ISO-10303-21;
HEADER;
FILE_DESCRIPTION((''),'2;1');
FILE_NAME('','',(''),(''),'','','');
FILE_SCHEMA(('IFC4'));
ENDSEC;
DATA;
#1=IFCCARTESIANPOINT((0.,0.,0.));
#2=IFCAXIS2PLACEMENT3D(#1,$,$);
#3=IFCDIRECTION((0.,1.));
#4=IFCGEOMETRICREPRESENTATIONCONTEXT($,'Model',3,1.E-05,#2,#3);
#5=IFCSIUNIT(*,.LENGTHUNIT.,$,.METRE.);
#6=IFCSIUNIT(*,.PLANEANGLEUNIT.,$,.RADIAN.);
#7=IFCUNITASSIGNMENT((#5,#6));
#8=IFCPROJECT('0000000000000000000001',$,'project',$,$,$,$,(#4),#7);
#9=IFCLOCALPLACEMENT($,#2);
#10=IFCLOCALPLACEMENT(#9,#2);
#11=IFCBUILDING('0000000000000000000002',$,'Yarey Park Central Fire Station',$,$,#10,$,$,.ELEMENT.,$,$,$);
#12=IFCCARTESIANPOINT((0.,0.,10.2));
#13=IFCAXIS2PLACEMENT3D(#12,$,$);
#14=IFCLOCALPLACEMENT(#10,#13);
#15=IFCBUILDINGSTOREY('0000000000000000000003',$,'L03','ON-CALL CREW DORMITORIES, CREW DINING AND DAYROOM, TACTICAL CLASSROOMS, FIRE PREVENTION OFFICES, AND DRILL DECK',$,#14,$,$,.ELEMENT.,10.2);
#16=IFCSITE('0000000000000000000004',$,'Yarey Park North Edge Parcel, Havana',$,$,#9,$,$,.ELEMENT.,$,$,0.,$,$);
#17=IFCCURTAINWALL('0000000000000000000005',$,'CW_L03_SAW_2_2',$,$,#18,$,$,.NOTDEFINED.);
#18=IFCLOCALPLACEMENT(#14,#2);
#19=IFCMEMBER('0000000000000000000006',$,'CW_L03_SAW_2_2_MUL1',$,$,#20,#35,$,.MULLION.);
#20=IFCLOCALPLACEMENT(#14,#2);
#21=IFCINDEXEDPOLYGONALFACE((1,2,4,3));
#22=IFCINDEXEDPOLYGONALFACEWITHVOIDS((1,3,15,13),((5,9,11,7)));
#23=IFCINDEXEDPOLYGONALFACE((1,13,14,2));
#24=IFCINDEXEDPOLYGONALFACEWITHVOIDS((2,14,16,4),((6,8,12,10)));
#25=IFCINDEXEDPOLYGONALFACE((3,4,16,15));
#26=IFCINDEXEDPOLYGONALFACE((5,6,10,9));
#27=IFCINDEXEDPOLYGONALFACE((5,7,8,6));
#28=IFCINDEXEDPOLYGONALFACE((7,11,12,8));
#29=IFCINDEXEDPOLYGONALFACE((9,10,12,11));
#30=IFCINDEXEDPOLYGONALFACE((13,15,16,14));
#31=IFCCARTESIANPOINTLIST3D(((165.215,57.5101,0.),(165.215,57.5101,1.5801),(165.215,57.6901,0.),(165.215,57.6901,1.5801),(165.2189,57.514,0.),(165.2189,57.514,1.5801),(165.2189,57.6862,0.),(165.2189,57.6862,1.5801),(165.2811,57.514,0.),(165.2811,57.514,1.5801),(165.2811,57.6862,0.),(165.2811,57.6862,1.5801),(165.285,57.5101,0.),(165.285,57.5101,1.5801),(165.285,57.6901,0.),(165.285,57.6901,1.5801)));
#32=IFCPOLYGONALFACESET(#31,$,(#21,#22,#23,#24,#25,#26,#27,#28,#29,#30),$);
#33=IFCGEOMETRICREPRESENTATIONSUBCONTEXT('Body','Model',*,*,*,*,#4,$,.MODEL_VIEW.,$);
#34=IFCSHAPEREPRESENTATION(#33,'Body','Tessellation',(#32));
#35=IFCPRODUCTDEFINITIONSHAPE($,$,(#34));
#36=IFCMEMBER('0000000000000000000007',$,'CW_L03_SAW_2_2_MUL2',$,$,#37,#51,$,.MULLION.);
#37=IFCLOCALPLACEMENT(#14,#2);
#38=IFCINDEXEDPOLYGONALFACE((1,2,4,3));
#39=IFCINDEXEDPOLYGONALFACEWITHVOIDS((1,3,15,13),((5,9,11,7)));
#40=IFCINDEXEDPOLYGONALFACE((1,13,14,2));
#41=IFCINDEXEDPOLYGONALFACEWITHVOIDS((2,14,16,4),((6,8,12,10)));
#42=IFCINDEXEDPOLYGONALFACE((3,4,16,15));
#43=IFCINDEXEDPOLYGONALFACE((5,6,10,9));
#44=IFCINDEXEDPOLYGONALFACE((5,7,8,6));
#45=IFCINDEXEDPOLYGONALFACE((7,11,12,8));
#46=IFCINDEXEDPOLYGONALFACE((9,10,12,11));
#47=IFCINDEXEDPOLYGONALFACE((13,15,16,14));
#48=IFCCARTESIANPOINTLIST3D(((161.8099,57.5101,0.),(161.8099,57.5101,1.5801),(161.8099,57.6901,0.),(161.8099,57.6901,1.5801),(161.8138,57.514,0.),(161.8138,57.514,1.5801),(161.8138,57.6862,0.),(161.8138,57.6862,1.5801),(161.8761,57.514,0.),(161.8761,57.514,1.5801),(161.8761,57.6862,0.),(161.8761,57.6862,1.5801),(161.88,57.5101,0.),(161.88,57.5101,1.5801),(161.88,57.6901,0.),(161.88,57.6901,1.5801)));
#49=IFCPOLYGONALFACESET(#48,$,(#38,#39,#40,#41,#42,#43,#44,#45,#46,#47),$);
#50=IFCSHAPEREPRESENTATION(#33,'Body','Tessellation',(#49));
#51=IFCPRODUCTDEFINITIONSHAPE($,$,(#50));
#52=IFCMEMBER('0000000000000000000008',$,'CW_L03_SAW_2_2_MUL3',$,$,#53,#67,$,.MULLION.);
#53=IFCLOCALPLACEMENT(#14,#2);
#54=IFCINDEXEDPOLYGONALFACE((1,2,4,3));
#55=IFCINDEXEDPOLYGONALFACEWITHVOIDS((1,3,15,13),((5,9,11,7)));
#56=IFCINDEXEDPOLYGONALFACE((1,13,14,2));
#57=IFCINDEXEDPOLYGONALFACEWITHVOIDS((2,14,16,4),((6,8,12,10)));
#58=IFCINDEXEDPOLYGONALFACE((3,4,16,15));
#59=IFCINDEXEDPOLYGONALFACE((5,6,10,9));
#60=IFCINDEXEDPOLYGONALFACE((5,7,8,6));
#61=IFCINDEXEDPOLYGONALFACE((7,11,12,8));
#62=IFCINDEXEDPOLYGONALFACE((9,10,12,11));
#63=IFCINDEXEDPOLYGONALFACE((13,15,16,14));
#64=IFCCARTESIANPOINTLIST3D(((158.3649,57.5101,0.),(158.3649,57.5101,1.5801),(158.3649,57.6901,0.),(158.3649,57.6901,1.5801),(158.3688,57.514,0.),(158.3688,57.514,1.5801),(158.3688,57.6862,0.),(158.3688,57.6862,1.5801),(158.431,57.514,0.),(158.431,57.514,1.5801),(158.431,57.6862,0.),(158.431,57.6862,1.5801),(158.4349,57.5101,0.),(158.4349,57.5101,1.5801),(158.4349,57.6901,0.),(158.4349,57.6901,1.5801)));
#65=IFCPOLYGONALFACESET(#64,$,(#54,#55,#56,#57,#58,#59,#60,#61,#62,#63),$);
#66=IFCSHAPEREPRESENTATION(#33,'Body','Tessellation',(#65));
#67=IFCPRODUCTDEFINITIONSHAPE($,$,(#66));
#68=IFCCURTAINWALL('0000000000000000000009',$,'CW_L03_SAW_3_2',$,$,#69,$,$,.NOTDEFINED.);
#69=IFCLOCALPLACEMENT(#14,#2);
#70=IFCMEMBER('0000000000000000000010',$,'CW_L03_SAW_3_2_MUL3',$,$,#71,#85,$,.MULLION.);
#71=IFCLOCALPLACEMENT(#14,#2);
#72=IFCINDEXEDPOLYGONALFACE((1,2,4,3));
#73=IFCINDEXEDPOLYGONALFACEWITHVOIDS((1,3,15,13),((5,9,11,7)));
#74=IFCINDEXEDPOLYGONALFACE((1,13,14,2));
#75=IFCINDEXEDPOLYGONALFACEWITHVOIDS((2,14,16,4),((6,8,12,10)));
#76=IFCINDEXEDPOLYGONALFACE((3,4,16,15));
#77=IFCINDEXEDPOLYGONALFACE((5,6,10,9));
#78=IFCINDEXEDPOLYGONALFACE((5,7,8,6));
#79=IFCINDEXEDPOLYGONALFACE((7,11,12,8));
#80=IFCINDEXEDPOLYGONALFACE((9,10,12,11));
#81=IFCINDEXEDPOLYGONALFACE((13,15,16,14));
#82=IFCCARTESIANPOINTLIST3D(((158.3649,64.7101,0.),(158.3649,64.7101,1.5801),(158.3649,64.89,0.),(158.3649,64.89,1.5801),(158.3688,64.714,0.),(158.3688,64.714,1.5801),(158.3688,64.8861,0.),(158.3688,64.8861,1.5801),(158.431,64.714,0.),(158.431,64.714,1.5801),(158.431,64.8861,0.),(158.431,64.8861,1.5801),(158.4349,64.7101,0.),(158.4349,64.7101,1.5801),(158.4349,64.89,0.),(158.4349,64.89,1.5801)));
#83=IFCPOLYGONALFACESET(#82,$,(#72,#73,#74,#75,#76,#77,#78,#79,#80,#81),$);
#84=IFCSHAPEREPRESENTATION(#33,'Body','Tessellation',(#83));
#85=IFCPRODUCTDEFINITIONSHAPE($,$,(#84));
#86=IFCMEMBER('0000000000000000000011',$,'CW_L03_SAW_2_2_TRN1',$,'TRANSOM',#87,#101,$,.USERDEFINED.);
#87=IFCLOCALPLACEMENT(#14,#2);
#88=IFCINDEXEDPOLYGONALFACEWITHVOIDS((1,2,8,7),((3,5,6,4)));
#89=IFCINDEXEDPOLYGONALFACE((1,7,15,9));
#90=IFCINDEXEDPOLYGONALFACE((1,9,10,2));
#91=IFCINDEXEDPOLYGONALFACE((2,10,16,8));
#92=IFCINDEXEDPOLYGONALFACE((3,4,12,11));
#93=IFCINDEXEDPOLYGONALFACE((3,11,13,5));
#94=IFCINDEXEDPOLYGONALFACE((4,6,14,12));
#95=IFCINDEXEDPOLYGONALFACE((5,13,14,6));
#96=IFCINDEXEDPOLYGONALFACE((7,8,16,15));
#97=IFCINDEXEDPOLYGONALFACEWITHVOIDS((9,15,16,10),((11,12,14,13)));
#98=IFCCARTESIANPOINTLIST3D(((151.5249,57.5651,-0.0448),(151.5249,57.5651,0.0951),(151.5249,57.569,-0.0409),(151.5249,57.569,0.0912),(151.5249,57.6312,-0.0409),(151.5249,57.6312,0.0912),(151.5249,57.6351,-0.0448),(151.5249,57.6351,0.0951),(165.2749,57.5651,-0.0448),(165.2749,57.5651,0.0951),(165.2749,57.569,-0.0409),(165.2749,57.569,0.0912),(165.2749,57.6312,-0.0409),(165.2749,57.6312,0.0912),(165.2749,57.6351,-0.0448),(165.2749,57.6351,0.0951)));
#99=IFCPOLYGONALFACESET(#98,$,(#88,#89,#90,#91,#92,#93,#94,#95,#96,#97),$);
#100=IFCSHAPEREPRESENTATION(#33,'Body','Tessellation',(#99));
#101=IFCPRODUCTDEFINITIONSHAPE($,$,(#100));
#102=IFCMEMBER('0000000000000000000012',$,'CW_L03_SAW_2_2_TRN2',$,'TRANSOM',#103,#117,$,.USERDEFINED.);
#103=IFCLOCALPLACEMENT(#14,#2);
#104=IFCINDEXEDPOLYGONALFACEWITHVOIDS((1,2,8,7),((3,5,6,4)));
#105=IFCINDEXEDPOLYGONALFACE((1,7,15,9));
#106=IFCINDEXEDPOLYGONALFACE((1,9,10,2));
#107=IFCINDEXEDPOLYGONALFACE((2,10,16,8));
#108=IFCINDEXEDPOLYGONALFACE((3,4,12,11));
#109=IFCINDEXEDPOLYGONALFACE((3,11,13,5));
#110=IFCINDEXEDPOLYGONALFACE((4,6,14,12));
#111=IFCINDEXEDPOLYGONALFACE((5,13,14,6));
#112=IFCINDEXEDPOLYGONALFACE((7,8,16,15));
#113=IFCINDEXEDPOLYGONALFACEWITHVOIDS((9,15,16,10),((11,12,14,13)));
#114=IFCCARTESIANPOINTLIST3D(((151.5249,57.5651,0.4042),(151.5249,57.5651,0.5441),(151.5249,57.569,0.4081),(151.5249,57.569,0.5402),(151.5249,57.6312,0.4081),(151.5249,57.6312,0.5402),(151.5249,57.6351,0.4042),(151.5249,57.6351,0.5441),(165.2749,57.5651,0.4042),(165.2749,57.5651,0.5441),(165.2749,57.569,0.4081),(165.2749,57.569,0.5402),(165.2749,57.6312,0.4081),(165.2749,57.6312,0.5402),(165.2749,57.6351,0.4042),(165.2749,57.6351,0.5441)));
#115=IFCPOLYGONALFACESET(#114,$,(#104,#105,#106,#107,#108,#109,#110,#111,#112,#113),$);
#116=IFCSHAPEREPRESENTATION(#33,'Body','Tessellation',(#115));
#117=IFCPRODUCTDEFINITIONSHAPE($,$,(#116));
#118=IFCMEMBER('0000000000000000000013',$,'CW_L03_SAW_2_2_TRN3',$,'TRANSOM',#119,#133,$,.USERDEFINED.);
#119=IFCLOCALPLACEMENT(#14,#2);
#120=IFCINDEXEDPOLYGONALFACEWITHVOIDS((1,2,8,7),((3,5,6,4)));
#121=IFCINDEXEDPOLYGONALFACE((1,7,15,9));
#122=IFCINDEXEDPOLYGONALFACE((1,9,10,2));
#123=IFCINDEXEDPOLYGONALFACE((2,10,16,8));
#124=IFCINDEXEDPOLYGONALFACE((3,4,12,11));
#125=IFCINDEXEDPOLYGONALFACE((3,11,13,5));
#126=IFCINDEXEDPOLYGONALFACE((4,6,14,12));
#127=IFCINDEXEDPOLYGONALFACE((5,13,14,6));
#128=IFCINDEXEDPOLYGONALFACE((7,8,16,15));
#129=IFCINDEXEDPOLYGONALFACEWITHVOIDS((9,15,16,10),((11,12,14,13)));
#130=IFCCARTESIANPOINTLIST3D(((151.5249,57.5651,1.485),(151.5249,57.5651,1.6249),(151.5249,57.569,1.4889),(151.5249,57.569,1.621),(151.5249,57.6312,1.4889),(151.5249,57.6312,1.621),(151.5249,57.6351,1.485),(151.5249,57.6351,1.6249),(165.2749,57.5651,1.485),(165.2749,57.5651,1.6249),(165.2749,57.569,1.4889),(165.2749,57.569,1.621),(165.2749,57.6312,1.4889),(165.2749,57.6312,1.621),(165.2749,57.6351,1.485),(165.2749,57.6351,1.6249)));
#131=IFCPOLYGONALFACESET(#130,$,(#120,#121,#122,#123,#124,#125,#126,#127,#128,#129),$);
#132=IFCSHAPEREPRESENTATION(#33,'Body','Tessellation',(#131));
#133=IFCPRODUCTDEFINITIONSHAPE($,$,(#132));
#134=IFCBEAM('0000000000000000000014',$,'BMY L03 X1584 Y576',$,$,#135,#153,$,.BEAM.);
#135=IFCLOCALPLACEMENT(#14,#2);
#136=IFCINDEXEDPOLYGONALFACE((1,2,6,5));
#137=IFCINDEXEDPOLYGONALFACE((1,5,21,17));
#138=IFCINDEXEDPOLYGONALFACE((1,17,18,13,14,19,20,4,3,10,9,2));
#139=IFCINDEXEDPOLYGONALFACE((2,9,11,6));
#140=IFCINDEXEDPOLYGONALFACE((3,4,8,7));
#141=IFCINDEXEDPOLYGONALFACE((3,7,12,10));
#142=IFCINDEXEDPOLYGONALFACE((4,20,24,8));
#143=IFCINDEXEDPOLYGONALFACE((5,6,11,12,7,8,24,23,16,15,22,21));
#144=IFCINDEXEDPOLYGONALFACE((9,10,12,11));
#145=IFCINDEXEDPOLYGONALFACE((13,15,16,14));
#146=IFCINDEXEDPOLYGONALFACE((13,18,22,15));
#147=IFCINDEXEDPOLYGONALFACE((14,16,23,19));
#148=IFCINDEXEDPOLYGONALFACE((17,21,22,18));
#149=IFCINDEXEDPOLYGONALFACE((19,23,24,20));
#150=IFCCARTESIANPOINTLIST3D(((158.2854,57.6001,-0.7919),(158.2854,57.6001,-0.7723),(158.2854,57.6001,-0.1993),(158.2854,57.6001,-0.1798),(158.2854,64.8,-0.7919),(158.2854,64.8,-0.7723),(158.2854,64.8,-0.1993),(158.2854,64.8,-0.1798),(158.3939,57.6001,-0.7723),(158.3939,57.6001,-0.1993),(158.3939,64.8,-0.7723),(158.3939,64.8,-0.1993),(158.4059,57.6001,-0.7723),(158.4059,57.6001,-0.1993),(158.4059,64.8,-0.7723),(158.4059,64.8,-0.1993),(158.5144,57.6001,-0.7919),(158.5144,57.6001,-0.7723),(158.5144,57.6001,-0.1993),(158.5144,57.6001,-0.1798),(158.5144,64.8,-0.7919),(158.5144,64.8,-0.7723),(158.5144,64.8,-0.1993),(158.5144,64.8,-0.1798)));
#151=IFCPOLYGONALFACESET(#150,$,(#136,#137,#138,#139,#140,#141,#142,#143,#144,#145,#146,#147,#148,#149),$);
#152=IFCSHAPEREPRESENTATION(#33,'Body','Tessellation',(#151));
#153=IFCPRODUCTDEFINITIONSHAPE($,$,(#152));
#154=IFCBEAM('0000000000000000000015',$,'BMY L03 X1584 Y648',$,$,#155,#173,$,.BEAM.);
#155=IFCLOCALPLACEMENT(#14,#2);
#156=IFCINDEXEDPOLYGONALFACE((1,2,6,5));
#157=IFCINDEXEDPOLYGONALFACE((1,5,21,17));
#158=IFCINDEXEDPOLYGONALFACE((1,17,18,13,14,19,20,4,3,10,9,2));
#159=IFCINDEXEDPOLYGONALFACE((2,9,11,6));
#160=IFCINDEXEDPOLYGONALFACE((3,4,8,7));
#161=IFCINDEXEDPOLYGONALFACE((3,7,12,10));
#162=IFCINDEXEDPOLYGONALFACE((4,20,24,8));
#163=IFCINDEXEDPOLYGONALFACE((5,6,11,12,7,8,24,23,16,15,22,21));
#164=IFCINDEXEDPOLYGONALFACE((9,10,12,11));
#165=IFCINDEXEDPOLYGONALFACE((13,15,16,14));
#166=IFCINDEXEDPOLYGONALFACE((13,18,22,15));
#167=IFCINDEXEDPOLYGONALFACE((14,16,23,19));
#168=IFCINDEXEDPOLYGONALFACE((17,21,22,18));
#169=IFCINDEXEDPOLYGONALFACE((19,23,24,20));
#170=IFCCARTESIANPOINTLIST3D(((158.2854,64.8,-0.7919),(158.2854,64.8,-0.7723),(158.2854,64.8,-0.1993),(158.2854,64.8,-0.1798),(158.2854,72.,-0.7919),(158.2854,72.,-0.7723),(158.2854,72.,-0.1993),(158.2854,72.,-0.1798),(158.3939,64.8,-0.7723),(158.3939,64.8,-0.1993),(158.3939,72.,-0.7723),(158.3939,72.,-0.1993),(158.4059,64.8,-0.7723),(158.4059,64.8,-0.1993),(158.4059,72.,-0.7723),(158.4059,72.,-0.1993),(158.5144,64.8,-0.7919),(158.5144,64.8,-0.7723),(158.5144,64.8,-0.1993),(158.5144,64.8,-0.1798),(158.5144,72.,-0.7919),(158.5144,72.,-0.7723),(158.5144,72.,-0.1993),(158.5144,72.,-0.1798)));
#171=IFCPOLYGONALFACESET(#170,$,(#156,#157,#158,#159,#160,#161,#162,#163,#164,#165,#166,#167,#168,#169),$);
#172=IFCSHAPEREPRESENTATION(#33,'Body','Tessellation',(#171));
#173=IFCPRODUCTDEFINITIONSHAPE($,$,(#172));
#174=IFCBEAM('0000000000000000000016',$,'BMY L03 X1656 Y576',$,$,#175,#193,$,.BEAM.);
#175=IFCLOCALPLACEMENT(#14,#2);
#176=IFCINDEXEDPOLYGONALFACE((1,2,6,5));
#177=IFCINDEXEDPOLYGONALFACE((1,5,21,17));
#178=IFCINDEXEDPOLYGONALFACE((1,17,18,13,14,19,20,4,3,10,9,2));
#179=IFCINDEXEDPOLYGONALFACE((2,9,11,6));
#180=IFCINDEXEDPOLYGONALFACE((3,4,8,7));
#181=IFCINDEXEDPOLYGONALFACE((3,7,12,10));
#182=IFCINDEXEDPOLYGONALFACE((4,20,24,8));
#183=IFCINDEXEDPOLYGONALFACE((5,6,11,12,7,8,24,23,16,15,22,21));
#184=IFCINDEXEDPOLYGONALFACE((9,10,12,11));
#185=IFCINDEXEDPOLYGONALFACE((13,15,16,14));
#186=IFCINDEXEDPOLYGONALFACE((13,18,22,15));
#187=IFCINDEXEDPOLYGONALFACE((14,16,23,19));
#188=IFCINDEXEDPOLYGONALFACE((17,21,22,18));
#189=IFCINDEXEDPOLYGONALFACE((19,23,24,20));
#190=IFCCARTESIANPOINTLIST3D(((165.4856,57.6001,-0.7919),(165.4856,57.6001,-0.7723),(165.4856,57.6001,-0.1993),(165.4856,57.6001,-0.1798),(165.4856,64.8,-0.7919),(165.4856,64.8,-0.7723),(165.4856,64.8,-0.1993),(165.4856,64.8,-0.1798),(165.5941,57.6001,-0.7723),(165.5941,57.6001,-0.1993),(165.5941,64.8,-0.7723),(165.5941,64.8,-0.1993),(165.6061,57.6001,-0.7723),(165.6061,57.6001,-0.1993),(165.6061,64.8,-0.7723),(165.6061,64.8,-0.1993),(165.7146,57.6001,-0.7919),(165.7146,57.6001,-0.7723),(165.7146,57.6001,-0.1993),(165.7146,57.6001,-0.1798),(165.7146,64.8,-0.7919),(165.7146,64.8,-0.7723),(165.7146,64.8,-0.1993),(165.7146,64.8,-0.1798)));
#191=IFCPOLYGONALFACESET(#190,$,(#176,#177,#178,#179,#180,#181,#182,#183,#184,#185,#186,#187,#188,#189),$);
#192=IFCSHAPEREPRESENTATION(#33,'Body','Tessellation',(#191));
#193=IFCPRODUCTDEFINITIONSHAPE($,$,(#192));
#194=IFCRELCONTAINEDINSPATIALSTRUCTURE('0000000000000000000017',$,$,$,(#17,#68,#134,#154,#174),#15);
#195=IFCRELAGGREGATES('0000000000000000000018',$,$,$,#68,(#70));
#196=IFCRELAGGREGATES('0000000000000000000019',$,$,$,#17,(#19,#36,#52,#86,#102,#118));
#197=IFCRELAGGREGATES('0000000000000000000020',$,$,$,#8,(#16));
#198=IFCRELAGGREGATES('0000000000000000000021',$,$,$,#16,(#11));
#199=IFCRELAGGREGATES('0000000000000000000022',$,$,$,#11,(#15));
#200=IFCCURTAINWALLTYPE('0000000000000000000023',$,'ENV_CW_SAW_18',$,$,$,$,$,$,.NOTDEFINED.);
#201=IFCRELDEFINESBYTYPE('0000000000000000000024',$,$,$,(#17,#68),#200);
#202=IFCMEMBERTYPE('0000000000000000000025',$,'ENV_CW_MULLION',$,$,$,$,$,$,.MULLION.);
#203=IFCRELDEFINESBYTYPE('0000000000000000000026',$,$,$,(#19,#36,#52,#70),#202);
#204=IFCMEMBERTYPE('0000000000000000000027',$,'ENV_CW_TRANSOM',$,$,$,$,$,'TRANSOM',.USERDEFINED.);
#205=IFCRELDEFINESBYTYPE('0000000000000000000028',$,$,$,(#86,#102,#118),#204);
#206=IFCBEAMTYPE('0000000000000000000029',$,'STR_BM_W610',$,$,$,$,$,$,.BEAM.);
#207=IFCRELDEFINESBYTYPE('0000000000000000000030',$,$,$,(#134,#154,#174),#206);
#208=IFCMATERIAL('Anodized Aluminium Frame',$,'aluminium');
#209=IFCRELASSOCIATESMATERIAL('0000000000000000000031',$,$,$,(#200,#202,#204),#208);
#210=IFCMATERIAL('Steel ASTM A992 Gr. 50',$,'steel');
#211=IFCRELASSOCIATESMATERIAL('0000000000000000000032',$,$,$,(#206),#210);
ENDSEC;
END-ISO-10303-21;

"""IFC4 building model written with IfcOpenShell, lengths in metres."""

from ifc_helpers import new_model, si_unit, direction, frame, origin, origin_2d, place, context, subcontext, project, spatial, hollow_rectangle, i_section, extrude, material, material_profile, profile_set, type_object, element, aggregate, save


model = new_model("IFC4")

# Units and contexts
model_context = context("Model", 3, precision=1e-05, world=origin(), true_north=direction((0.0, 1.0)))
body_context = subcontext(model_context, "Body", "Model", "MODEL_VIEW")
ifc_project = project(units=[si_unit("LENGTHUNIT", "METRE"), si_unit("PLANEANGLEUNIT", "RADIAN")], contexts=[model_context])

# Site, building, storey
site_placement = place(None, origin())
site = spatial("IfcSite", under=ifc_project, at=site_placement, Name="Yarey Park North Edge Parcel, Havana", CompositionType="ELEMENT", RefElevation=0.0)
building_placement = place(site_placement, origin())
building = spatial("IfcBuilding", under=site, at=building_placement, Name="Yarey Park Central Fire Station", CompositionType="ELEMENT")
storey_placement = place(building_placement, frame((0.0, 0.0, 10.2)))
storey = spatial("IfcBuildingStorey", under=building, at=storey_placement, Name="L03", Description="ON-CALL CREW DORMITORIES, CREW DINING AND DAYROOM, TACTICAL CLASSROOMS, FIRE PREVENTION OFFICES, AND DRILL DECK", CompositionType="ELEMENT", Elevation=10.2)

# Curtain wall, members
ifc_material_1 = material(Name="Anodized Aluminium Frame", Category="aluminium")
curtain_wall_type = type_object("IfcCurtainWallType", Name="ENV_CW_SAW_18", PredefinedType="NOTDEFINED", material=ifc_material_1)
curtain_wall_1_placement = place(storey_placement, origin())
curtain_wall_1 = element("IfcCurtainWall", 1, at=curtain_wall_1_placement, inside=storey, type_object=curtain_wall_type, Name="CW_L03_SAW_2_2", PredefinedType="NOTDEFINED")
ifc_material_profile_1 = material_profile(ifc_material_1, hollow_rectangle(XDim=0.0701, YDim=0.1799, WallThickness=0.0039, at=origin_2d()), Name="ALU 180x70x4")
ifc_profile_set_1 = profile_set([ifc_material_profile_1], Name="Anodized Aluminium Frame")
member_type_1 = type_object("IfcMemberType", Name="ENV_CW_MULLION", PredefinedType="MULLION", material=ifc_profile_set_1)
member_1_placement = place(storey_placement, frame((165.25, 57.6001, 0.0), z_axis=(0.0, 0.0, 1.0), x_axis=(1.0, 0.0, 0.0)))
member_1 = element("IfcMember", 2, at=member_1_placement, type_object=member_type_1, Name="CW_L03_SAW_2_2_MUL1", PredefinedType="MULLION", context=body_context, shape_type="SweptSolid", body=[
    extrude(hollow_rectangle(XDim=0.0701, YDim=0.1799, WallThickness=0.0039, at=origin_2d()), origin(), (0.0, 0.0, 1.0), 1.5801),
])
member_2_placement = place(storey_placement, frame((161.845, 57.6001, 0.0), z_axis=(0.0, 0.0, 1.0), x_axis=(1.0, 0.0, 0.0)))
member_2 = element("IfcMember", 3, at=member_2_placement, type_object=member_type_1, Name="CW_L03_SAW_2_2_MUL2", PredefinedType="MULLION", context=body_context, shape_type="SweptSolid", body=[
    extrude(hollow_rectangle(XDim=0.0701, YDim=0.1799, WallThickness=0.0039, at=origin_2d()), origin(), (0.0, 0.0, 1.0), 1.5801),
])
member_3_placement = place(storey_placement, frame((158.3999, 57.6001, 0.0), z_axis=(0.0, 0.0, 1.0), x_axis=(1.0, 0.0, 0.0)))
member_3 = element("IfcMember", 4, at=member_3_placement, type_object=member_type_1, Name="CW_L03_SAW_2_2_MUL3", PredefinedType="MULLION", context=body_context, shape_type="SweptSolid", body=[
    extrude(hollow_rectangle(XDim=0.0701, YDim=0.1799, WallThickness=0.0039, at=origin_2d()), origin(), (0.0, 0.0, 1.0), 1.5801),
])

# Curtain wall, member
curtain_wall_2_placement = place(storey_placement, origin())
curtain_wall_2 = element("IfcCurtainWall", 5, at=curtain_wall_2_placement, inside=storey, type_object=curtain_wall_type, Name="CW_L03_SAW_3_2", PredefinedType="NOTDEFINED")
member_4_placement = place(storey_placement, frame((158.3999, 64.8, 0.0), z_axis=(0.0, 0.0, 1.0), x_axis=(1.0, 0.0, 0.0)))
member_4 = element("IfcMember", 6, at=member_4_placement, type_object=member_type_1, Name="CW_L03_SAW_3_2_MUL3", PredefinedType="MULLION", context=body_context, shape_type="SweptSolid", body=[
    extrude(hollow_rectangle(XDim=0.0701, YDim=0.1799, WallThickness=0.0039, at=origin_2d()), origin(), (0.0, 0.0, 1.0), 1.5801),
])

# Members
ifc_material_profile_2 = material_profile(ifc_material_1, hollow_rectangle(XDim=0.0701, YDim=0.1399, WallThickness=0.0039, at=origin_2d()), Name="ALU 140x70x4")
ifc_profile_set_2 = profile_set([ifc_material_profile_2], Name="Anodized Aluminium Frame")
member_type_2 = type_object("IfcMemberType", Name="ENV_CW_TRANSOM", ElementType="TRANSOM", PredefinedType="USERDEFINED", material=ifc_profile_set_2)
member_5_placement = place(storey_placement, frame((165.2749, 57.6001, 0.0251), z_axis=(-1.0, 0.0, 0.0), x_axis=(0.0, -1.0, 0.0)))
member_5 = element("IfcMember", 7, at=member_5_placement, type_object=member_type_2, Name="CW_L03_SAW_2_2_TRN1", ObjectType="TRANSOM", PredefinedType="USERDEFINED", context=body_context, shape_type="SweptSolid", body=[
    extrude(hollow_rectangle(XDim=0.0701, YDim=0.1399, WallThickness=0.0039, at=origin_2d()), origin(), (0.0, 0.0, 1.0), 13.75),
])
member_6_placement = place(storey_placement, frame((165.2749, 57.6001, 0.4741), z_axis=(-1.0, 0.0, 0.0), x_axis=(0.0, -1.0, 0.0)))
member_6 = element("IfcMember", 8, at=member_6_placement, type_object=member_type_2, Name="CW_L03_SAW_2_2_TRN2", ObjectType="TRANSOM", PredefinedType="USERDEFINED", context=body_context, shape_type="SweptSolid", body=[
    extrude(hollow_rectangle(XDim=0.0701, YDim=0.1399, WallThickness=0.0039, at=origin_2d()), origin(), (0.0, 0.0, 1.0), 13.75),
])
member_7_placement = place(storey_placement, frame((165.2749, 57.6001, 1.5549), z_axis=(-1.0, 0.0, 0.0), x_axis=(0.0, -1.0, 0.0)))
member_7 = element("IfcMember", 9, at=member_7_placement, type_object=member_type_2, Name="CW_L03_SAW_2_2_TRN3", ObjectType="TRANSOM", PredefinedType="USERDEFINED", context=body_context, shape_type="SweptSolid", body=[
    extrude(hollow_rectangle(XDim=0.0701, YDim=0.1399, WallThickness=0.0039, at=origin_2d()), origin(), (0.0, 0.0, 1.0), 13.75),
])

# Beams
ifc_material_2 = material(Name="Steel ASTM A992 Gr. 50", Category="steel")
ifc_material_profile_3 = material_profile(ifc_material_2, i_section(OverallWidth=0.229, OverallDepth=0.6121, WebThickness=0.012, FlangeThickness=0.0195, at=origin_2d()), Name="W610x125")
ifc_profile_set_3 = profile_set([ifc_material_profile_3], Name="Steel ASTM A992 Gr. 50")
beam_type_1 = type_object("IfcBeamType", Name="STR_BM_W610", PredefinedType="BEAM", material=ifc_profile_set_3)
for number, where, z_axis, x_axis, name in (
    (10, (158.3999, 57.6001, -0.4858), (0.0, 1.0, 0.0), (-1.0, 0.0, 0.0), "BMY L03 X1584 Y576"),
    (11, (158.3999, 64.8, -0.4858), (0.0, 1.0, 0.0), (-1.0, 0.0, 0.0), "BMY L03 X1584 Y648"),
    (12, (165.6001, 57.6001, -0.4858), (0.0, 1.0, 0.0), (-1.0, 0.0, 0.0), "BMY L03 X1656 Y576"),
):
    element("IfcBeam", number, at=place(storey_placement, frame(where, z_axis=z_axis, x_axis=x_axis)), inside=storey, type_object=beam_type_1, Name=name, PredefinedType="BEAM", context=body_context, shape_type="SweptSolid", body=[
        extrude(i_section(OverallWidth=0.229, OverallDepth=0.6121, WebThickness=0.012, FlangeThickness=0.0195, at=origin_2d()), origin(), (0.0, 0.0, 1.0), 7.2),
    ])

aggregate(curtain_wall_2, [member_4])
aggregate(curtain_wall_1, [member_1, member_2, member_3, member_5, member_6, member_7])

save(model, "model.ifc")
